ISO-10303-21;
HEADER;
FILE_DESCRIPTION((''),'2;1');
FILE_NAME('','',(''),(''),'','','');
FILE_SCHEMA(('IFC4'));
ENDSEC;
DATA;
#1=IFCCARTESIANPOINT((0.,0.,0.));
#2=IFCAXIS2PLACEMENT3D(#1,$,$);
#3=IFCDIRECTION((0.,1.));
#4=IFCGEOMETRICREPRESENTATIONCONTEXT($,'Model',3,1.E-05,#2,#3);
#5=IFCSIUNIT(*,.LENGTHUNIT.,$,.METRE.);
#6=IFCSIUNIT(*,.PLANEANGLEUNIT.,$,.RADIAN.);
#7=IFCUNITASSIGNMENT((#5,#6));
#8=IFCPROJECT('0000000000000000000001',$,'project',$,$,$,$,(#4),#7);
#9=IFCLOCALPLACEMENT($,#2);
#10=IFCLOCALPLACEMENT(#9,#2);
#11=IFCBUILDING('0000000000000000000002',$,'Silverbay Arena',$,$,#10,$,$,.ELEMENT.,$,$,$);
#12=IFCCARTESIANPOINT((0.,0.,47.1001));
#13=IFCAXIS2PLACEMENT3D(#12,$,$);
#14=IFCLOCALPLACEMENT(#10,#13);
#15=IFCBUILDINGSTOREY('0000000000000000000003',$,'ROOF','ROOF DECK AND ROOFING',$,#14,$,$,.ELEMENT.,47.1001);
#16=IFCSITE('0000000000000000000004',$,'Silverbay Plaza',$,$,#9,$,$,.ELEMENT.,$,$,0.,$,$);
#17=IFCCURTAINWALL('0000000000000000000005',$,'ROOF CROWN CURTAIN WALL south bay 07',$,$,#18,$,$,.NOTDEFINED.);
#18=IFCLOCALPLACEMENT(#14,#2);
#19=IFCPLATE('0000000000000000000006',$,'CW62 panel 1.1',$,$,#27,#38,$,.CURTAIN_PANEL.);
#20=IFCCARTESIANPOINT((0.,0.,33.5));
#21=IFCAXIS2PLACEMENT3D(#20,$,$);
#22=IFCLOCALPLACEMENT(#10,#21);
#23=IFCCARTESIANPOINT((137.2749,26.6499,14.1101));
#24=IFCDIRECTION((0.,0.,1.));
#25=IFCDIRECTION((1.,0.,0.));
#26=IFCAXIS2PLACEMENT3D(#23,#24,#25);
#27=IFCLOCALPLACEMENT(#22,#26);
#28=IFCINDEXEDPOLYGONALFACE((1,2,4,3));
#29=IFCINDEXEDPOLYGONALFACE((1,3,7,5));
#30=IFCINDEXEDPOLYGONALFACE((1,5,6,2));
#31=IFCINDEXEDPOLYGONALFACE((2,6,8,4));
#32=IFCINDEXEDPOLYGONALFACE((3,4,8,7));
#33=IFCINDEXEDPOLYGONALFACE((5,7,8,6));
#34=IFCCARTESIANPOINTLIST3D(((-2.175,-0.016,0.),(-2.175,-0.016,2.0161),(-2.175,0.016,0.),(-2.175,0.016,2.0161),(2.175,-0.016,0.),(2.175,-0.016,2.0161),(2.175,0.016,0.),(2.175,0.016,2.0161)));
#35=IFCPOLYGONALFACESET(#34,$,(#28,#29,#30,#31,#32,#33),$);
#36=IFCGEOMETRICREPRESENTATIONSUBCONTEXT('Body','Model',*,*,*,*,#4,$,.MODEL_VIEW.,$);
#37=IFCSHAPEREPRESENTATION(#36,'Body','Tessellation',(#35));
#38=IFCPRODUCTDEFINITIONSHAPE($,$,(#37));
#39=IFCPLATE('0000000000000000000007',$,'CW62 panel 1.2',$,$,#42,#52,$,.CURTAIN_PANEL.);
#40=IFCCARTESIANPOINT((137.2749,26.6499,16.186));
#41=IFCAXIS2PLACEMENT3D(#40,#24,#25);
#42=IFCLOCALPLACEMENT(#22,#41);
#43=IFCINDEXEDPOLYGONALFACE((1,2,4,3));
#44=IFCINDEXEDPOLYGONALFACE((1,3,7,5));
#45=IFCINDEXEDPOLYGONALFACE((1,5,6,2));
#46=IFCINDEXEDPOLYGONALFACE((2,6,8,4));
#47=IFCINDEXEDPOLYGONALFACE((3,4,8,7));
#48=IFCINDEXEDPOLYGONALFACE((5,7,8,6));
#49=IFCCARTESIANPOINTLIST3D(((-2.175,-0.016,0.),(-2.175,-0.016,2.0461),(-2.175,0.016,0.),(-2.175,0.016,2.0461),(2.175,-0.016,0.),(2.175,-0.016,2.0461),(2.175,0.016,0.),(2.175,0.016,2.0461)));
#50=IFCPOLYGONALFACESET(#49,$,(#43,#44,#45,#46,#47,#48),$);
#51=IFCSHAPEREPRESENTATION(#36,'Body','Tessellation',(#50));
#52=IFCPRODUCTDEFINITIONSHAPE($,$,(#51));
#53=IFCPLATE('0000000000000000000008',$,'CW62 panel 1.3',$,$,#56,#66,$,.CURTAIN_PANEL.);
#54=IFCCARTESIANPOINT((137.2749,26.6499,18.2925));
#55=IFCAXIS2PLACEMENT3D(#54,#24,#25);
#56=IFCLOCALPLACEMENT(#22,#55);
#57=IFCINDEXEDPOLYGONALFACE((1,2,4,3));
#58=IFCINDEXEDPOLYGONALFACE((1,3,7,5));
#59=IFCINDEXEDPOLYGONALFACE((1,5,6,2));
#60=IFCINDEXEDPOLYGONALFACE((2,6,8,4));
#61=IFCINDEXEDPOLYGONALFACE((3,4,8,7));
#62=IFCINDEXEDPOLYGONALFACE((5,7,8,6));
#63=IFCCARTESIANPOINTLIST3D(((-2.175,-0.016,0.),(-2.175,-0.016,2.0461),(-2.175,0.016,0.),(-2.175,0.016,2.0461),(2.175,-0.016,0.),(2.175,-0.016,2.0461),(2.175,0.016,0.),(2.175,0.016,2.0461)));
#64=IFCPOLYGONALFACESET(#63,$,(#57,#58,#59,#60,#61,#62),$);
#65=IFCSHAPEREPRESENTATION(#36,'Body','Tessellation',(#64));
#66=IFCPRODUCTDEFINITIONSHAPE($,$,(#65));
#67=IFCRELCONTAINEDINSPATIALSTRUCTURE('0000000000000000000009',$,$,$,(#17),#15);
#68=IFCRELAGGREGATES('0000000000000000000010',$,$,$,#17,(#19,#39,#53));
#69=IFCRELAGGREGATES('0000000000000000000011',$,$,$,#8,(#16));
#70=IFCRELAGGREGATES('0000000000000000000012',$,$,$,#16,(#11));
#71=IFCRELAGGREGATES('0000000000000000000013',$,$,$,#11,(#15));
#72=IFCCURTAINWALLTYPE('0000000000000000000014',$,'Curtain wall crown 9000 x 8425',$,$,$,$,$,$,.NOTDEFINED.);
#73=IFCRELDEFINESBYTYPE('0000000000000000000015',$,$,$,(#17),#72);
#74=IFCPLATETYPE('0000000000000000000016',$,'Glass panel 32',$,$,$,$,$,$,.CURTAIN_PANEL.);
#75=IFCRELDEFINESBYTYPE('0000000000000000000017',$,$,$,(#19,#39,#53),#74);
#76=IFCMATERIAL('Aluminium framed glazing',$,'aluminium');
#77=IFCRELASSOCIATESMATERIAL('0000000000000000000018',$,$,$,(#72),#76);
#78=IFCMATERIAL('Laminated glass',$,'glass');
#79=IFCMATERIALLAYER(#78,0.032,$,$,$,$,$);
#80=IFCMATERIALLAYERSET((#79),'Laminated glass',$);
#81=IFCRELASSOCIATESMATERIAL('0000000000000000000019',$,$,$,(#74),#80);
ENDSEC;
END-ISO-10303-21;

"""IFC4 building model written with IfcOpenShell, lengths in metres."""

from ifc_helpers import new_model, si_unit, direction, frame, origin, origin_2d, place, context, subcontext, project, spatial, rectangle, extrude, material, layer, layer_set, type_object, element, aggregate, save


model = new_model("IFC4")

# Units and contexts
model_context = context("Model", 3, precision=1e-05, world=origin(), true_north=direction((0.0, 1.0)))
body_context = subcontext(model_context, "Body", "Model", "MODEL_VIEW")
ifc_project = project(units=[si_unit("LENGTHUNIT", "METRE"), si_unit("PLANEANGLEUNIT", "RADIAN")], contexts=[model_context])

# Site, building, storey
site_placement = place(None, origin())
site = spatial("IfcSite", under=ifc_project, at=site_placement, Name="Silverbay Plaza", CompositionType="ELEMENT", RefElevation=0.0)
building_placement = place(site_placement, origin())
building = spatial("IfcBuilding", under=site, at=building_placement, Name="Silverbay Arena", CompositionType="ELEMENT")
storey_placement = place(building_placement, frame((0.0, 0.0, 47.1001)))
storey = spatial("IfcBuildingStorey", under=building, at=storey_placement, Name="ROOF", Description="ROOF DECK AND ROOFING", CompositionType="ELEMENT", Elevation=47.1001)

# Curtain wall, plates
ifc_material_1 = material(Name="Aluminium framed glazing", Category="aluminium")
curtain_wall_type = type_object("IfcCurtainWallType", Name="Curtain wall crown 9000 x 8425", PredefinedType="NOTDEFINED", material=ifc_material_1)
curtain_wall_placement = place(storey_placement, origin())
curtain_wall = element("IfcCurtainWall", 1, at=curtain_wall_placement, inside=storey, type_object=curtain_wall_type, Name="ROOF CROWN CURTAIN WALL south bay 07", PredefinedType="NOTDEFINED")
placement = place(building_placement, frame((0.0, 0.0, 33.5)))
ifc_material_2 = material(Name="Laminated glass", Category="glass")
ifc_layer = layer(ifc_material_2, 0.032)
ifc_layer_set = layer_set([ifc_layer], Name="Laminated glass")
plate_type = type_object("IfcPlateType", Name="Glass panel 32", PredefinedType="CURTAIN_PANEL", material=ifc_layer_set)
plate_1_placement = place(placement, frame((137.2749, 26.6499, 14.1101), z_axis=(0.0, 0.0, 1.0), x_axis=(1.0, 0.0, 0.0)))
plate_1 = element("IfcPlate", 2, at=plate_1_placement, type_object=plate_type, Name="CW62 panel 1.1", PredefinedType="CURTAIN_PANEL", context=body_context, shape_type="SweptSolid", body=[
    extrude(rectangle(XDim=4.3501, YDim=0.032, at=origin_2d()), origin(), (0.0, 0.0, 1.0), 2.0161),
])
plate_2_placement = place(placement, frame((137.2749, 26.6499, 16.186), z_axis=(0.0, 0.0, 1.0), x_axis=(1.0, 0.0, 0.0)))
plate_2 = element("IfcPlate", 3, at=plate_2_placement, type_object=plate_type, Name="CW62 panel 1.2", PredefinedType="CURTAIN_PANEL", context=body_context, shape_type="SweptSolid", body=[
    extrude(rectangle(XDim=4.3501, YDim=0.032, at=origin_2d()), origin(), (0.0, 0.0, 1.0), 2.0461),
])
plate_3_placement = place(placement, frame((137.2749, 26.6499, 18.2925), z_axis=(0.0, 0.0, 1.0), x_axis=(1.0, 0.0, 0.0)))
plate_3 = element("IfcPlate", 4, at=plate_3_placement, type_object=plate_type, Name="CW62 panel 1.3", PredefinedType="CURTAIN_PANEL", context=body_context, shape_type="SweptSolid", body=[
    extrude(rectangle(XDim=4.3501, YDim=0.032, at=origin_2d()), origin(), (0.0, 0.0, 1.0), 2.0461),
])
aggregate(curtain_wall, [plate_1, plate_2, plate_3])

save(model, "model.ifc")
